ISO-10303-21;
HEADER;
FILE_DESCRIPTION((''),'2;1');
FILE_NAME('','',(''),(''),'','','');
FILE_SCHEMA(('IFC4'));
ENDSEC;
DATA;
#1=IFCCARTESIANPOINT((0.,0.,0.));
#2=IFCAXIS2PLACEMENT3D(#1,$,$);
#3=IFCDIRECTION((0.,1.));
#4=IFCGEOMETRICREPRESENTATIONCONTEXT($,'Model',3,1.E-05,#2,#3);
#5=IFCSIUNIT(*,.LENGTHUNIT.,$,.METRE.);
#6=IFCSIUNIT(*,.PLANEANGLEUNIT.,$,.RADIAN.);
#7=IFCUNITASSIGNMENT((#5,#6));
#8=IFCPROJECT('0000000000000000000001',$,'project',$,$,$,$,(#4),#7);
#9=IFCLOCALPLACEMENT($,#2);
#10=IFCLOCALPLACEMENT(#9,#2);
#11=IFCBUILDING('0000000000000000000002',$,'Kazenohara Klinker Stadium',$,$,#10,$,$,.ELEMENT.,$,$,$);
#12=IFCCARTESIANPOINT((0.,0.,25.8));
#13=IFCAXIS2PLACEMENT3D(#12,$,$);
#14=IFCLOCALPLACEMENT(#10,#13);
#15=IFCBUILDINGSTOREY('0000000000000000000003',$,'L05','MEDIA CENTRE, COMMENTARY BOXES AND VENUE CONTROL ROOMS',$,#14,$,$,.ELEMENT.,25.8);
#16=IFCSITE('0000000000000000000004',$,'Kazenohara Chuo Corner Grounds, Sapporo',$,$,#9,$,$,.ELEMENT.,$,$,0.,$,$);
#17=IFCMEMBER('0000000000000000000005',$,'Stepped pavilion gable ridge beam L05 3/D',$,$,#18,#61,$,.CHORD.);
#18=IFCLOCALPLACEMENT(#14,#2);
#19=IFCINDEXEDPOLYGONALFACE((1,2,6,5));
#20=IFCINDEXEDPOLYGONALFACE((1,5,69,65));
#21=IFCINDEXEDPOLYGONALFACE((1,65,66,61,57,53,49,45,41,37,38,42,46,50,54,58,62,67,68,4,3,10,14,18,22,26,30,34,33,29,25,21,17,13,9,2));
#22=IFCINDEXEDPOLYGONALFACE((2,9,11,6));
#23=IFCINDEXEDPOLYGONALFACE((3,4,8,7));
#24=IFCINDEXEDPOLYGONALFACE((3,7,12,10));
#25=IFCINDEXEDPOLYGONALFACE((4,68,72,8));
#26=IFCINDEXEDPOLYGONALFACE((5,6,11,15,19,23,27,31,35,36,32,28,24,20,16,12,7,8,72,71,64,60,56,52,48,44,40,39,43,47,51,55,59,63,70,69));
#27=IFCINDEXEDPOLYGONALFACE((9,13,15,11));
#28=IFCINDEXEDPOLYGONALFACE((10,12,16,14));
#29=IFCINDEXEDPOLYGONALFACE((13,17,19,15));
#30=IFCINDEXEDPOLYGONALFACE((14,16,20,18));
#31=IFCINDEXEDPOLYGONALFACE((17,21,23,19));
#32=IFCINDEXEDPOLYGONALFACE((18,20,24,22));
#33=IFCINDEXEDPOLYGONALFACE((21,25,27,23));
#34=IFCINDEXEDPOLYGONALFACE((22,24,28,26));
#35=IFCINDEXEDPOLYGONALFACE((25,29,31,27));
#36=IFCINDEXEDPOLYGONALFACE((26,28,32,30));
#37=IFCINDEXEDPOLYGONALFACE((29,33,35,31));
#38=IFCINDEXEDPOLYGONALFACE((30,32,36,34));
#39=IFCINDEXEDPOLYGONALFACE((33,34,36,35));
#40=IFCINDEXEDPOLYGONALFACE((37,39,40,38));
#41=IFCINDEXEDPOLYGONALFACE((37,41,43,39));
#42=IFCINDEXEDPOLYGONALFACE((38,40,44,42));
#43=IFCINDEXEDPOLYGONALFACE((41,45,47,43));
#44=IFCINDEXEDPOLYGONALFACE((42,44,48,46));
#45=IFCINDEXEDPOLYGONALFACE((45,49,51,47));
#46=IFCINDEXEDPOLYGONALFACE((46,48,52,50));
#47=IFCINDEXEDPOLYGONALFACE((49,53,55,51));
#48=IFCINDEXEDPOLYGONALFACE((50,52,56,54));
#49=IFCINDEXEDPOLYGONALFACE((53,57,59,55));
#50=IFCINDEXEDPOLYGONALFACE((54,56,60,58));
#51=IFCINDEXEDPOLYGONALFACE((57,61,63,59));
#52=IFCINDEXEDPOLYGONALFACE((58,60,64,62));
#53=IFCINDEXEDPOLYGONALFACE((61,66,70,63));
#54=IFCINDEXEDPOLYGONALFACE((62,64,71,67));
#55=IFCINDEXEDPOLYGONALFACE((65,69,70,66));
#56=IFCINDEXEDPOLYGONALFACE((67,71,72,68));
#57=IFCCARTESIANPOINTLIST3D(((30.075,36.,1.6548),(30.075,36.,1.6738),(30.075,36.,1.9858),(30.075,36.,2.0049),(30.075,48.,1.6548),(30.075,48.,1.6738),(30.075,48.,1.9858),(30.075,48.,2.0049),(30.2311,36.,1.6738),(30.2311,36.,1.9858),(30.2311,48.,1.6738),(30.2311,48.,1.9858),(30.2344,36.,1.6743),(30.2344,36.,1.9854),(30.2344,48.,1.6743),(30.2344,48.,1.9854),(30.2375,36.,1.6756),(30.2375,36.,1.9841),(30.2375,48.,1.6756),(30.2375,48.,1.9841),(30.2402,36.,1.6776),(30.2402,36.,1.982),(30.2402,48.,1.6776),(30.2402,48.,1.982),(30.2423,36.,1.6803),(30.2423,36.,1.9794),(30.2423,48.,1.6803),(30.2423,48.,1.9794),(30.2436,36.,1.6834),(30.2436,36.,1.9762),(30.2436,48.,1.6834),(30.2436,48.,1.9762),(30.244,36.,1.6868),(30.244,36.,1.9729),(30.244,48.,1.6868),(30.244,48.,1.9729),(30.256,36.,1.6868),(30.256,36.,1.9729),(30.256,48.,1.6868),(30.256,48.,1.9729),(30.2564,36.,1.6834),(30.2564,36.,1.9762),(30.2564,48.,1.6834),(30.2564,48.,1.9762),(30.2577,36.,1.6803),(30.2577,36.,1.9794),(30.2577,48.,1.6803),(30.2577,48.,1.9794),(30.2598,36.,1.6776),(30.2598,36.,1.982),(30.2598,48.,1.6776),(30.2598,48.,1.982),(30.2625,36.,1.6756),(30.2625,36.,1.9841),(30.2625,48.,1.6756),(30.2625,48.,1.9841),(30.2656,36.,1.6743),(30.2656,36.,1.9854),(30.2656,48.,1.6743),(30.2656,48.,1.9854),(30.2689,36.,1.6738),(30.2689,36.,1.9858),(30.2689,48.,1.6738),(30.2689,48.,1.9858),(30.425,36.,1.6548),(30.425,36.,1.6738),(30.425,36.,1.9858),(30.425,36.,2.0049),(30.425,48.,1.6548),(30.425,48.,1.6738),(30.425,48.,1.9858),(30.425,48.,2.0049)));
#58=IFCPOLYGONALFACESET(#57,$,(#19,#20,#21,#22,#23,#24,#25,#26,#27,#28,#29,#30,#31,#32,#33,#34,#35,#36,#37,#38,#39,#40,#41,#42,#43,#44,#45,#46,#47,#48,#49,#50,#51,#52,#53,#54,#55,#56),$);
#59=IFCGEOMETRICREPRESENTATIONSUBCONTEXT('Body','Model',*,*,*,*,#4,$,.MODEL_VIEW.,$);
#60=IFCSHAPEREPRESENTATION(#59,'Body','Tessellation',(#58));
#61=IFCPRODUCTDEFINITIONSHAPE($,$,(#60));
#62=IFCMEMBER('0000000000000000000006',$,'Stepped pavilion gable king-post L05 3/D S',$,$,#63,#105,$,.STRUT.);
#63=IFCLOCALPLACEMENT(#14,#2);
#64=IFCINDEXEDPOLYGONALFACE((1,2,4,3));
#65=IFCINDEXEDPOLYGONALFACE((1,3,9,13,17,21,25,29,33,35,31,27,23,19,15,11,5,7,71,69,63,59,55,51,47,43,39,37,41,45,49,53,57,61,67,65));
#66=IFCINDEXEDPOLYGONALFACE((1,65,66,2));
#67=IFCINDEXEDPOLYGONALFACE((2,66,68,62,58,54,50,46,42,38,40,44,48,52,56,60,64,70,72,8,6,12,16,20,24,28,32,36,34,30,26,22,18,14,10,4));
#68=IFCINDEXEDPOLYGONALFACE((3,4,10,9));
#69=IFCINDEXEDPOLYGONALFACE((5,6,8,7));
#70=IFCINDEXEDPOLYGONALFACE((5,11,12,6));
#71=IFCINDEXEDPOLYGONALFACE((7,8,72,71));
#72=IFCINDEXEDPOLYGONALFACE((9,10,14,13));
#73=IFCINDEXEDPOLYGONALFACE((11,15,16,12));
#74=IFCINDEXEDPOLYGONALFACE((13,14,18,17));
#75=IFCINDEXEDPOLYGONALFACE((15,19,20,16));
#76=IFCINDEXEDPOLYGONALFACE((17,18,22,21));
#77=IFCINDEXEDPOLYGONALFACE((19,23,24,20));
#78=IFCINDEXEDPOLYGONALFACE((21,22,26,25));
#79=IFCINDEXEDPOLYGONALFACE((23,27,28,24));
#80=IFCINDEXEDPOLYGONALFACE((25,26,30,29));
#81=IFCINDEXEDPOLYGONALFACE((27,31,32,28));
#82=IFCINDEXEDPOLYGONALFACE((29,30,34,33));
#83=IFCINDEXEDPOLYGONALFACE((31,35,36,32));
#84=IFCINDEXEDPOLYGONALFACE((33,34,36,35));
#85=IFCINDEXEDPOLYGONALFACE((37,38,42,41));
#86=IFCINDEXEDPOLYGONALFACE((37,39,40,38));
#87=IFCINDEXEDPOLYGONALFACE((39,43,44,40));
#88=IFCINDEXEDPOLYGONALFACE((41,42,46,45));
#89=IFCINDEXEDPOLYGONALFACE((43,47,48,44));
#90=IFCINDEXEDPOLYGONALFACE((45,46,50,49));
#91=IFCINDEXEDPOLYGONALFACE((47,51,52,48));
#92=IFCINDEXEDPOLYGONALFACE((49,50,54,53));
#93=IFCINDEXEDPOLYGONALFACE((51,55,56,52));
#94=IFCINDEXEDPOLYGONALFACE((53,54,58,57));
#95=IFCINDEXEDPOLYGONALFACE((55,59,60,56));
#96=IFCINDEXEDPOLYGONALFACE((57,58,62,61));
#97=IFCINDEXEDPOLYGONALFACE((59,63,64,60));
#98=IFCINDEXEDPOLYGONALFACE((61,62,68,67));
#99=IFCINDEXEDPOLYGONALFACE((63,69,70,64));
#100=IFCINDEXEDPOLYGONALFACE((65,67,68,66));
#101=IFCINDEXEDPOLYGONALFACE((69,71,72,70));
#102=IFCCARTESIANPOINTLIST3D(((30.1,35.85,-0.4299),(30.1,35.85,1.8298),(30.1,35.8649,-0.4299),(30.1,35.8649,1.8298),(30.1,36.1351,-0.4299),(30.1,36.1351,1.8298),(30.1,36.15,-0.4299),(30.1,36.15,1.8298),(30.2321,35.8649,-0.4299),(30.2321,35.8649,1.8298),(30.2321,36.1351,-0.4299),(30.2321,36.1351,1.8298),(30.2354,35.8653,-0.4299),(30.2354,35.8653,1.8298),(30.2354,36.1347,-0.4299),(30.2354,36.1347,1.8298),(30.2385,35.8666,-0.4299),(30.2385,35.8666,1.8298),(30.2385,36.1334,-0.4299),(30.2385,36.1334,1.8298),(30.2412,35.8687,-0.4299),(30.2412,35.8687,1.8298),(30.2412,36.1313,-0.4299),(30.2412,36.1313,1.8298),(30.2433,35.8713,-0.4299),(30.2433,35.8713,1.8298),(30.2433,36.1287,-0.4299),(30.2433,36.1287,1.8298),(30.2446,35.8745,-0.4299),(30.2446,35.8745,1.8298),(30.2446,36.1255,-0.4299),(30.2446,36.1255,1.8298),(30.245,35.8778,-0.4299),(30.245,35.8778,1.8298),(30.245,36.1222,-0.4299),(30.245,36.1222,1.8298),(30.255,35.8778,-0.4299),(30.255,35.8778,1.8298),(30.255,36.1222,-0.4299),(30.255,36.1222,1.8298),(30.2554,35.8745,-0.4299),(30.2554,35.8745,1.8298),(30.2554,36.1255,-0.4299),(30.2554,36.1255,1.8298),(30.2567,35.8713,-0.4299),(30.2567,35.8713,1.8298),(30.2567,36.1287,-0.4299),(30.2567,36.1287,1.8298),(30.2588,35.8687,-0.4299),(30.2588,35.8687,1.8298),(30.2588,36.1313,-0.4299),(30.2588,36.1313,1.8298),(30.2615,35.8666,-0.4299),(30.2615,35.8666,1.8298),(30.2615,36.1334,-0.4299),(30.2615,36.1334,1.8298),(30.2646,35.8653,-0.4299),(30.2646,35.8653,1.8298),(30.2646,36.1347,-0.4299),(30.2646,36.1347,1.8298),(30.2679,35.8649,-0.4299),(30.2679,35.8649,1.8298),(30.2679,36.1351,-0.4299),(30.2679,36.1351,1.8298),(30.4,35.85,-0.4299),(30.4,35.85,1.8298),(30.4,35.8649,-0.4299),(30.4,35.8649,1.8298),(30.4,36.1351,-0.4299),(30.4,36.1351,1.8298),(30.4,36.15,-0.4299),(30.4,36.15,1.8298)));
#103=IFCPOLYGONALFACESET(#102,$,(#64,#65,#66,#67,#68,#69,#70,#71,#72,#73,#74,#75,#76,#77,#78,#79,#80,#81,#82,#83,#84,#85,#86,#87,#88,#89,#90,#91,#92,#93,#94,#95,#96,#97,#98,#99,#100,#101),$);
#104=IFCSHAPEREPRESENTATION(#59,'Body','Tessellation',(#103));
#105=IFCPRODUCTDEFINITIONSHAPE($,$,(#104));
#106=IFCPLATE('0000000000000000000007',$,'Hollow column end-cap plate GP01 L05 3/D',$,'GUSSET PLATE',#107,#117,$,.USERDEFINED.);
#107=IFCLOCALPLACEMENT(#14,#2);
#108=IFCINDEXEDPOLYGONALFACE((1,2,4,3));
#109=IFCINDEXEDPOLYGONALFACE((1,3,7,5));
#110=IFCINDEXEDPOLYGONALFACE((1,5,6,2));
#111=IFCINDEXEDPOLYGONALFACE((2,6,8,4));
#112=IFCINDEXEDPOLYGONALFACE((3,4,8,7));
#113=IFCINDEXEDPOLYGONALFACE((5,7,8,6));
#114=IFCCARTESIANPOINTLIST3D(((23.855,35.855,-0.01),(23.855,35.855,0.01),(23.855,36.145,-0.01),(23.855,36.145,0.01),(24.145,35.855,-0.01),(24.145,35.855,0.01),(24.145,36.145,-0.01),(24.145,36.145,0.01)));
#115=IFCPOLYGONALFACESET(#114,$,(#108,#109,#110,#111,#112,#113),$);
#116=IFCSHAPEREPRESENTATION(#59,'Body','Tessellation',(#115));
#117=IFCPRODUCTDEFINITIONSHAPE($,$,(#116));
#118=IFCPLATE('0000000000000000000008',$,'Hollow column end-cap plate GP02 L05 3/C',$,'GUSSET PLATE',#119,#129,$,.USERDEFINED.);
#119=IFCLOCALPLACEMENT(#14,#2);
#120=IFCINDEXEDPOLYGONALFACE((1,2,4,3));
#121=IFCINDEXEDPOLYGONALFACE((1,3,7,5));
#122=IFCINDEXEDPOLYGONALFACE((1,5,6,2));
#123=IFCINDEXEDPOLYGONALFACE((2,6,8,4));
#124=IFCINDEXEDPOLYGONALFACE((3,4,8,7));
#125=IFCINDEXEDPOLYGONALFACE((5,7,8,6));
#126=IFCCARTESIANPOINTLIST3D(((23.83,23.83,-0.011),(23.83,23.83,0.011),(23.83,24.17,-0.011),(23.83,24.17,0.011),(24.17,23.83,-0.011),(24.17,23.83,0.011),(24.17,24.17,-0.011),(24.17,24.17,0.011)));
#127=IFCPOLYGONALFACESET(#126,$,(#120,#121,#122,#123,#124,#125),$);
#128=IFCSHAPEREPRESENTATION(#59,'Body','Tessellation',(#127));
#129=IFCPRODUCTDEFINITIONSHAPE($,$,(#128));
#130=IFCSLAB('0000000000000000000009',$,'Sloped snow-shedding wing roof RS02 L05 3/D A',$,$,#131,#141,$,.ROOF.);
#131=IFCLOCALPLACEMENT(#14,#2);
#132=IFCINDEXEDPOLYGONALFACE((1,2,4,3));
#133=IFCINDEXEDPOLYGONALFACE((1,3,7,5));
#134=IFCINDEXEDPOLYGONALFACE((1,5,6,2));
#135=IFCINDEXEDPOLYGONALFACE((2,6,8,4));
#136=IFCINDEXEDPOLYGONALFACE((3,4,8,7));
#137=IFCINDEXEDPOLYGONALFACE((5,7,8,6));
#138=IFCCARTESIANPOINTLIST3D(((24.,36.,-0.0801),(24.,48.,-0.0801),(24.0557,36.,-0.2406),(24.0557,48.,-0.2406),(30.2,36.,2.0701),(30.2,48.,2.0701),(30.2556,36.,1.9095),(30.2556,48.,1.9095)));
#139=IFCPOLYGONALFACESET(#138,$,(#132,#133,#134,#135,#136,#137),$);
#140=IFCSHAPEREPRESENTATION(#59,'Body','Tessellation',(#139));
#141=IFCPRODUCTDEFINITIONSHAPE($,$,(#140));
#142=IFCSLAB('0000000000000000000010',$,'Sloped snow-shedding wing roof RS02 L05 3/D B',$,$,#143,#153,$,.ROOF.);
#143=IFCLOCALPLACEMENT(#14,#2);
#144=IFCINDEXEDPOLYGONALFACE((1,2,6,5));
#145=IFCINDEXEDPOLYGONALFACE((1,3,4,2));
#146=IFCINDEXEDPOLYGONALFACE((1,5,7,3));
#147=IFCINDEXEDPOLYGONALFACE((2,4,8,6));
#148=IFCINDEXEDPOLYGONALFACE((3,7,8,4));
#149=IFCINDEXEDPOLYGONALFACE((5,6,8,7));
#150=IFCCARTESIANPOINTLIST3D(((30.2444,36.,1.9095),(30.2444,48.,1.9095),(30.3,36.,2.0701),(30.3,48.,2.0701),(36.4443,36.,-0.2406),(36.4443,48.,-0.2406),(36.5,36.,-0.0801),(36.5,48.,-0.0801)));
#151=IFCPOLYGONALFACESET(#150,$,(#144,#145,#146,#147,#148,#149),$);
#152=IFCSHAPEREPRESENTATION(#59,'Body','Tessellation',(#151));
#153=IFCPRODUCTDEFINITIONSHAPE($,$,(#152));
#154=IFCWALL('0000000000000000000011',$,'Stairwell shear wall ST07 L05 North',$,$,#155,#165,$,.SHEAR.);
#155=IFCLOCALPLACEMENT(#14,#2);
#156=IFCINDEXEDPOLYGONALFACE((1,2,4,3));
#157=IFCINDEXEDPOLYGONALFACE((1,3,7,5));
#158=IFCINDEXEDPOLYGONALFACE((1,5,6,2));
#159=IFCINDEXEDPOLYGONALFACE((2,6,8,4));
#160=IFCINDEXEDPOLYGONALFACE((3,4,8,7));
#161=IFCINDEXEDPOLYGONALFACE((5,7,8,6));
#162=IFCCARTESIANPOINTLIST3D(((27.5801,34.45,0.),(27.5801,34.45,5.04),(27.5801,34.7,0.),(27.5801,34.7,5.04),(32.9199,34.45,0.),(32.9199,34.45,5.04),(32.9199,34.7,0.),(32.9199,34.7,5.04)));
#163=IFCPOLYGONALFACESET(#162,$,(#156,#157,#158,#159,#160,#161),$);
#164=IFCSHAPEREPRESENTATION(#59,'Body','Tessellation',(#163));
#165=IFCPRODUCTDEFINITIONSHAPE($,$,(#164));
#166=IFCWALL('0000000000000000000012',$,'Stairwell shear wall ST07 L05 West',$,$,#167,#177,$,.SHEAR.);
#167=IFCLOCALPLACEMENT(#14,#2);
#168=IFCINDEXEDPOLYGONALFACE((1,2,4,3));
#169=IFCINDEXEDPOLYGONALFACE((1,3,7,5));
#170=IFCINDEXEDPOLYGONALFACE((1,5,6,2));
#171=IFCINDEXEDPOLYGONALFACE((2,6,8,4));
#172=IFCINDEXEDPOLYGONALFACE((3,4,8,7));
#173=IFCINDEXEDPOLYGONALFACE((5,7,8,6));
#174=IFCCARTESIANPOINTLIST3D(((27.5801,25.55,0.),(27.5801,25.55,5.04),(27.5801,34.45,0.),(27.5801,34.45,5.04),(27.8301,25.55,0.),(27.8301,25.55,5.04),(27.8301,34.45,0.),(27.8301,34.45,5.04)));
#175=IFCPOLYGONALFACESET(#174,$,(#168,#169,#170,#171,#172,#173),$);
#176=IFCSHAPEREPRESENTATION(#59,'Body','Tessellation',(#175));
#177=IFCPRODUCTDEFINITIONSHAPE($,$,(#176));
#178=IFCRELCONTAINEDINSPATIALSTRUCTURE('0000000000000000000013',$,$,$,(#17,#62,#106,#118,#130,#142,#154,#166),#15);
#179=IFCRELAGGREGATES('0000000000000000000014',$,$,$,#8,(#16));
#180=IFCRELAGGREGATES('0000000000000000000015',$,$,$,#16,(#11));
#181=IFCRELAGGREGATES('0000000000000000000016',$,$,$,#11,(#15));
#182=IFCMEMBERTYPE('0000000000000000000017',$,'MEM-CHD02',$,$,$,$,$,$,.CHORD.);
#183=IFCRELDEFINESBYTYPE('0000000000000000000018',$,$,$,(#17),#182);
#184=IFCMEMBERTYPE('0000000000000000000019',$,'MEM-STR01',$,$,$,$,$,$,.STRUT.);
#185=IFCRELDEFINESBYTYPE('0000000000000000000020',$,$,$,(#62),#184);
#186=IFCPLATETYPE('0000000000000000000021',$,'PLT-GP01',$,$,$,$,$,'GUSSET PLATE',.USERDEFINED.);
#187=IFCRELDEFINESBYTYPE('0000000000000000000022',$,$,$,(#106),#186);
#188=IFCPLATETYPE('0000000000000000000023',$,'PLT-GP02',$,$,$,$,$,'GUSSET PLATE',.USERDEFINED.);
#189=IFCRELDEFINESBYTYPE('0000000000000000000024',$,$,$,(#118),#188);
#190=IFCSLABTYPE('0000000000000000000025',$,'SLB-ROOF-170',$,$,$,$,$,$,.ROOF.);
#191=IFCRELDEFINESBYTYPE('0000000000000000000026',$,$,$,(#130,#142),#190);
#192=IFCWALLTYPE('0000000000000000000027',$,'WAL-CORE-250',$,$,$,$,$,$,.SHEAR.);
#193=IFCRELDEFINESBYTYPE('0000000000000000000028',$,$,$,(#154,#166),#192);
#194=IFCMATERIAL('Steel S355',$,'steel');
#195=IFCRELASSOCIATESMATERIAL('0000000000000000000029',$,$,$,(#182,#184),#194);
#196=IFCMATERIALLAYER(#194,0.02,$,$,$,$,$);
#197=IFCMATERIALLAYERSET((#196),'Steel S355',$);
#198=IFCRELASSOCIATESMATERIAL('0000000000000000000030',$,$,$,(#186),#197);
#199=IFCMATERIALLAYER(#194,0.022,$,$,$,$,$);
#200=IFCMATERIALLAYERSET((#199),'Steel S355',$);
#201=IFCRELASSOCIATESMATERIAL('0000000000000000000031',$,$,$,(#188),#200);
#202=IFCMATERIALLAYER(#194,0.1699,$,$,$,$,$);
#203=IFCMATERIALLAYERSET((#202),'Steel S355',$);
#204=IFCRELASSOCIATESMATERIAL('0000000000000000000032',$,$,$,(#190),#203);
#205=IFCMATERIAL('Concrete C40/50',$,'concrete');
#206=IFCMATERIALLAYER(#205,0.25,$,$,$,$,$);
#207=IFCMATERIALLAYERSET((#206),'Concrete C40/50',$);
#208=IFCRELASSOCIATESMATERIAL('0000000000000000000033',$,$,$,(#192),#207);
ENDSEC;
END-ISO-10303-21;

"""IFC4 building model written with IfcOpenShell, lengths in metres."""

from ifc_helpers import new_model, si_unit, direction, frame, frame_2d, origin, origin_2d, place, context, subcontext, project, spatial, polyline, rectangle, i_section, outline, extrude, material, layer, layer_set, material_profile, profile_set, type_object, element, save


model = new_model("IFC4")

# Units and contexts
model_context = context("Model", 3, precision=1e-05, world=origin(), true_north=direction((0.0, 1.0)))
body_context = subcontext(model_context, "Body", "Model", "MODEL_VIEW")
ifc_project = project(units=[si_unit("LENGTHUNIT", "METRE"), si_unit("PLANEANGLEUNIT", "RADIAN")], contexts=[model_context])

# Site, building, storey
site_placement = place(None, origin())
site = spatial("IfcSite", under=ifc_project, at=site_placement, Name="Kazenohara Chuo Corner Grounds, Sapporo", CompositionType="ELEMENT", RefElevation=0.0)
building_placement = place(site_placement, origin())
building = spatial("IfcBuilding", under=site, at=building_placement, Name="Kazenohara Klinker Stadium", CompositionType="ELEMENT")
storey_placement = place(building_placement, frame((0.0, 0.0, 25.8)))
storey = spatial("IfcBuildingStorey", under=building, at=storey_placement, Name="L05", Description="MEDIA CENTRE, COMMENTARY BOXES AND VENUE CONTROL ROOMS", CompositionType="ELEMENT", Elevation=25.8)

# Shared definitions
ifc_material_1 = material(Name="Steel S355", Category="steel")

# Shared definitions
ifc_material_2 = material(Name="Concrete C40/50", Category="concrete")

# Members
ifc_material_profile_1 = material_profile(ifc_material_1, i_section(OverallWidth=0.3501, OverallDepth=0.3501, WebThickness=0.012, FlangeThickness=0.019, FilletRadius=0.0129, at=origin_2d()), Name="H-350x350x12x19")
ifc_profile_set_1 = profile_set([ifc_material_profile_1], Name="Steel S355")
member_type_1 = type_object("IfcMemberType", Name="MEM-CHD02", PredefinedType="CHORD", material=ifc_profile_set_1)
member_1_placement = place(storey_placement, frame((30.25, 36.0, 1.8298), z_axis=(0.0, 1.0, 0.0), x_axis=(-1.0, 0.0, 0.0)))
element("IfcMember", 1, at=member_1_placement, inside=storey, type_object=member_type_1, Name="Stepped pavilion gable ridge beam L05 3/D", PredefinedType="CHORD", context=body_context, shape_type="SweptSolid", body=[
    extrude(i_section(OverallWidth=0.3501, OverallDepth=0.3501, WebThickness=0.012, FlangeThickness=0.019, FilletRadius=0.0129, at=origin_2d()), origin(), (0.0, 0.0, 1.0), 12.0),
])
ifc_material_profile_2 = material_profile(ifc_material_1, i_section(OverallWidth=0.3, OverallDepth=0.3, WebThickness=0.01, FlangeThickness=0.0149, FilletRadius=0.0129, at=origin_2d()), Name="H-300x300x10x15")
ifc_profile_set_2 = profile_set([ifc_material_profile_2], Name="Steel S355")
member_type_2 = type_object("IfcMemberType", Name="MEM-STR01", PredefinedType="STRUT", material=ifc_profile_set_2)
member_2_placement = place(storey_placement, frame((30.25, 36.0, -0.4299), z_axis=(0.0, 0.0, 1.0), x_axis=(1.0, 0.0, 0.0)))
element("IfcMember", 2, at=member_2_placement, inside=storey, type_object=member_type_2, Name="Stepped pavilion gable king-post L05 3/D S", PredefinedType="STRUT", context=body_context, shape_type="SweptSolid", body=[
    extrude(i_section(OverallWidth=0.3, OverallDepth=0.3, WebThickness=0.01, FlangeThickness=0.0149, FilletRadius=0.0129, at=origin_2d()), origin(), (0.0, 0.0, 1.0), 2.2598),
])

# Plates
ifc_layer_1 = layer(ifc_material_1, 0.02)
ifc_layer_set_1 = layer_set([ifc_layer_1], Name="Steel S355")
plate_type_1 = type_object("IfcPlateType", Name="PLT-GP01", ElementType="GUSSET PLATE", PredefinedType="USERDEFINED", material=ifc_layer_set_1)
plate_1_placement = place(storey_placement, frame((24.0, 36.0, -0.01), z_axis=(0.0, 0.0, 1.0), x_axis=(1.0, 0.0, 0.0)))
element("IfcPlate", 3, at=plate_1_placement, inside=storey, type_object=plate_type_1, Name="Hollow column end-cap plate GP01 L05 3/D", ObjectType="GUSSET PLATE", PredefinedType="USERDEFINED", context=body_context, shape_type="SweptSolid", body=[
    extrude(rectangle(XDim=0.29, YDim=0.29, at=origin_2d()), origin(), (0.0, 0.0, 1.0), 0.02),
])
ifc_layer_2 = layer(ifc_material_1, 0.022)
ifc_layer_set_2 = layer_set([ifc_layer_2], Name="Steel S355")
plate_type_2 = type_object("IfcPlateType", Name="PLT-GP02", ElementType="GUSSET PLATE", PredefinedType="USERDEFINED", material=ifc_layer_set_2)
plate_2_placement = place(storey_placement, frame((24.0, 24.0, -0.011), z_axis=(0.0, 0.0, 1.0), x_axis=(1.0, 0.0, 0.0)))
element("IfcPlate", 4, at=plate_2_placement, inside=storey, type_object=plate_type_2, Name="Hollow column end-cap plate GP02 L05 3/C", ObjectType="GUSSET PLATE", PredefinedType="USERDEFINED", context=body_context, shape_type="SweptSolid", body=[
    extrude(rectangle(XDim=0.3401, YDim=0.3401, at=origin_2d()), origin(), (0.0, 0.0, 1.0), 0.022),
])

# Slabs
ifc_layer_3 = layer(ifc_material_1, 0.1699)
ifc_layer_set_3 = layer_set([ifc_layer_3], Name="Steel S355")
slab_type = type_object("IfcSlabType", Name="SLB-ROOF-170", PredefinedType="ROOF", material=ifc_layer_set_3)
for number, where, z_axis, x_axis, name in (
    (5, (24.0, 36.0, -0.0801), (-0.327656, 0.0, 0.944797), (0.944797, 0.0, 0.327656), "Sloped snow-shedding wing roof RS02 L05 3/D A"),
    (6, (30.3, 36.0, 2.0701), (0.327656, 0.0, 0.944797), (0.944797, 0.0, -0.327656), "Sloped snow-shedding wing roof RS02 L05 3/D B"),
):
    element("IfcSlab", number, at=place(storey_placement, frame(where, z_axis=z_axis, x_axis=x_axis)), inside=storey, type_object=slab_type, Name=name, PredefinedType="ROOF", context=body_context, shape_type="SweptSolid", body=[
        extrude(outline(polyline([(0.0, 0.0), (6.5622, 0.0), (6.5622, 12.0), (0.0, 12.0), (0.0, 0.0)])), origin(), (0.0, 0.0, -1.0), 0.1699),
    ])

# Shared definitions
ifc_layer_4 = layer(ifc_material_2, 0.25)
ifc_layer_set_4 = layer_set([ifc_layer_4], Name="Concrete C40/50")
wall_type_1 = type_object("IfcWallType", Name="WAL-CORE-250", PredefinedType="SHEAR", material=ifc_layer_set_4)

# Walls
wall_1_placement = place(storey_placement, frame((27.5801, 34.575, 0.0), z_axis=(0.0, 0.0, 1.0), x_axis=(1.0, 0.0, 0.0)))
element("IfcWall", 7, at=wall_1_placement, inside=storey, type_object=wall_type_1, Name="Stairwell shear wall ST07 L05 North", PredefinedType="SHEAR", context=body_context, shape_type="SweptSolid", body=[
    extrude(rectangle(XDim=5.3398, YDim=0.25, at=frame_2d((2.6699, 0.0))), origin(), (0.0, 0.0, 1.0), 5.04),
])
wall_2_placement = place(storey_placement, frame((27.7051, 25.55, 0.0), z_axis=(0.0, 0.0, 1.0), x_axis=(0.0, 1.0, 0.0)))
element("IfcWall", 8, at=wall_2_placement, inside=storey, type_object=wall_type_1, Name="Stairwell shear wall ST07 L05 West", PredefinedType="SHEAR", context=body_context, shape_type="SweptSolid", body=[
    extrude(rectangle(XDim=8.8999, YDim=0.25, at=frame_2d((4.45, 0.0))), origin(), (0.0, 0.0, 1.0), 5.04),
])

save(model, "model.ifc")
